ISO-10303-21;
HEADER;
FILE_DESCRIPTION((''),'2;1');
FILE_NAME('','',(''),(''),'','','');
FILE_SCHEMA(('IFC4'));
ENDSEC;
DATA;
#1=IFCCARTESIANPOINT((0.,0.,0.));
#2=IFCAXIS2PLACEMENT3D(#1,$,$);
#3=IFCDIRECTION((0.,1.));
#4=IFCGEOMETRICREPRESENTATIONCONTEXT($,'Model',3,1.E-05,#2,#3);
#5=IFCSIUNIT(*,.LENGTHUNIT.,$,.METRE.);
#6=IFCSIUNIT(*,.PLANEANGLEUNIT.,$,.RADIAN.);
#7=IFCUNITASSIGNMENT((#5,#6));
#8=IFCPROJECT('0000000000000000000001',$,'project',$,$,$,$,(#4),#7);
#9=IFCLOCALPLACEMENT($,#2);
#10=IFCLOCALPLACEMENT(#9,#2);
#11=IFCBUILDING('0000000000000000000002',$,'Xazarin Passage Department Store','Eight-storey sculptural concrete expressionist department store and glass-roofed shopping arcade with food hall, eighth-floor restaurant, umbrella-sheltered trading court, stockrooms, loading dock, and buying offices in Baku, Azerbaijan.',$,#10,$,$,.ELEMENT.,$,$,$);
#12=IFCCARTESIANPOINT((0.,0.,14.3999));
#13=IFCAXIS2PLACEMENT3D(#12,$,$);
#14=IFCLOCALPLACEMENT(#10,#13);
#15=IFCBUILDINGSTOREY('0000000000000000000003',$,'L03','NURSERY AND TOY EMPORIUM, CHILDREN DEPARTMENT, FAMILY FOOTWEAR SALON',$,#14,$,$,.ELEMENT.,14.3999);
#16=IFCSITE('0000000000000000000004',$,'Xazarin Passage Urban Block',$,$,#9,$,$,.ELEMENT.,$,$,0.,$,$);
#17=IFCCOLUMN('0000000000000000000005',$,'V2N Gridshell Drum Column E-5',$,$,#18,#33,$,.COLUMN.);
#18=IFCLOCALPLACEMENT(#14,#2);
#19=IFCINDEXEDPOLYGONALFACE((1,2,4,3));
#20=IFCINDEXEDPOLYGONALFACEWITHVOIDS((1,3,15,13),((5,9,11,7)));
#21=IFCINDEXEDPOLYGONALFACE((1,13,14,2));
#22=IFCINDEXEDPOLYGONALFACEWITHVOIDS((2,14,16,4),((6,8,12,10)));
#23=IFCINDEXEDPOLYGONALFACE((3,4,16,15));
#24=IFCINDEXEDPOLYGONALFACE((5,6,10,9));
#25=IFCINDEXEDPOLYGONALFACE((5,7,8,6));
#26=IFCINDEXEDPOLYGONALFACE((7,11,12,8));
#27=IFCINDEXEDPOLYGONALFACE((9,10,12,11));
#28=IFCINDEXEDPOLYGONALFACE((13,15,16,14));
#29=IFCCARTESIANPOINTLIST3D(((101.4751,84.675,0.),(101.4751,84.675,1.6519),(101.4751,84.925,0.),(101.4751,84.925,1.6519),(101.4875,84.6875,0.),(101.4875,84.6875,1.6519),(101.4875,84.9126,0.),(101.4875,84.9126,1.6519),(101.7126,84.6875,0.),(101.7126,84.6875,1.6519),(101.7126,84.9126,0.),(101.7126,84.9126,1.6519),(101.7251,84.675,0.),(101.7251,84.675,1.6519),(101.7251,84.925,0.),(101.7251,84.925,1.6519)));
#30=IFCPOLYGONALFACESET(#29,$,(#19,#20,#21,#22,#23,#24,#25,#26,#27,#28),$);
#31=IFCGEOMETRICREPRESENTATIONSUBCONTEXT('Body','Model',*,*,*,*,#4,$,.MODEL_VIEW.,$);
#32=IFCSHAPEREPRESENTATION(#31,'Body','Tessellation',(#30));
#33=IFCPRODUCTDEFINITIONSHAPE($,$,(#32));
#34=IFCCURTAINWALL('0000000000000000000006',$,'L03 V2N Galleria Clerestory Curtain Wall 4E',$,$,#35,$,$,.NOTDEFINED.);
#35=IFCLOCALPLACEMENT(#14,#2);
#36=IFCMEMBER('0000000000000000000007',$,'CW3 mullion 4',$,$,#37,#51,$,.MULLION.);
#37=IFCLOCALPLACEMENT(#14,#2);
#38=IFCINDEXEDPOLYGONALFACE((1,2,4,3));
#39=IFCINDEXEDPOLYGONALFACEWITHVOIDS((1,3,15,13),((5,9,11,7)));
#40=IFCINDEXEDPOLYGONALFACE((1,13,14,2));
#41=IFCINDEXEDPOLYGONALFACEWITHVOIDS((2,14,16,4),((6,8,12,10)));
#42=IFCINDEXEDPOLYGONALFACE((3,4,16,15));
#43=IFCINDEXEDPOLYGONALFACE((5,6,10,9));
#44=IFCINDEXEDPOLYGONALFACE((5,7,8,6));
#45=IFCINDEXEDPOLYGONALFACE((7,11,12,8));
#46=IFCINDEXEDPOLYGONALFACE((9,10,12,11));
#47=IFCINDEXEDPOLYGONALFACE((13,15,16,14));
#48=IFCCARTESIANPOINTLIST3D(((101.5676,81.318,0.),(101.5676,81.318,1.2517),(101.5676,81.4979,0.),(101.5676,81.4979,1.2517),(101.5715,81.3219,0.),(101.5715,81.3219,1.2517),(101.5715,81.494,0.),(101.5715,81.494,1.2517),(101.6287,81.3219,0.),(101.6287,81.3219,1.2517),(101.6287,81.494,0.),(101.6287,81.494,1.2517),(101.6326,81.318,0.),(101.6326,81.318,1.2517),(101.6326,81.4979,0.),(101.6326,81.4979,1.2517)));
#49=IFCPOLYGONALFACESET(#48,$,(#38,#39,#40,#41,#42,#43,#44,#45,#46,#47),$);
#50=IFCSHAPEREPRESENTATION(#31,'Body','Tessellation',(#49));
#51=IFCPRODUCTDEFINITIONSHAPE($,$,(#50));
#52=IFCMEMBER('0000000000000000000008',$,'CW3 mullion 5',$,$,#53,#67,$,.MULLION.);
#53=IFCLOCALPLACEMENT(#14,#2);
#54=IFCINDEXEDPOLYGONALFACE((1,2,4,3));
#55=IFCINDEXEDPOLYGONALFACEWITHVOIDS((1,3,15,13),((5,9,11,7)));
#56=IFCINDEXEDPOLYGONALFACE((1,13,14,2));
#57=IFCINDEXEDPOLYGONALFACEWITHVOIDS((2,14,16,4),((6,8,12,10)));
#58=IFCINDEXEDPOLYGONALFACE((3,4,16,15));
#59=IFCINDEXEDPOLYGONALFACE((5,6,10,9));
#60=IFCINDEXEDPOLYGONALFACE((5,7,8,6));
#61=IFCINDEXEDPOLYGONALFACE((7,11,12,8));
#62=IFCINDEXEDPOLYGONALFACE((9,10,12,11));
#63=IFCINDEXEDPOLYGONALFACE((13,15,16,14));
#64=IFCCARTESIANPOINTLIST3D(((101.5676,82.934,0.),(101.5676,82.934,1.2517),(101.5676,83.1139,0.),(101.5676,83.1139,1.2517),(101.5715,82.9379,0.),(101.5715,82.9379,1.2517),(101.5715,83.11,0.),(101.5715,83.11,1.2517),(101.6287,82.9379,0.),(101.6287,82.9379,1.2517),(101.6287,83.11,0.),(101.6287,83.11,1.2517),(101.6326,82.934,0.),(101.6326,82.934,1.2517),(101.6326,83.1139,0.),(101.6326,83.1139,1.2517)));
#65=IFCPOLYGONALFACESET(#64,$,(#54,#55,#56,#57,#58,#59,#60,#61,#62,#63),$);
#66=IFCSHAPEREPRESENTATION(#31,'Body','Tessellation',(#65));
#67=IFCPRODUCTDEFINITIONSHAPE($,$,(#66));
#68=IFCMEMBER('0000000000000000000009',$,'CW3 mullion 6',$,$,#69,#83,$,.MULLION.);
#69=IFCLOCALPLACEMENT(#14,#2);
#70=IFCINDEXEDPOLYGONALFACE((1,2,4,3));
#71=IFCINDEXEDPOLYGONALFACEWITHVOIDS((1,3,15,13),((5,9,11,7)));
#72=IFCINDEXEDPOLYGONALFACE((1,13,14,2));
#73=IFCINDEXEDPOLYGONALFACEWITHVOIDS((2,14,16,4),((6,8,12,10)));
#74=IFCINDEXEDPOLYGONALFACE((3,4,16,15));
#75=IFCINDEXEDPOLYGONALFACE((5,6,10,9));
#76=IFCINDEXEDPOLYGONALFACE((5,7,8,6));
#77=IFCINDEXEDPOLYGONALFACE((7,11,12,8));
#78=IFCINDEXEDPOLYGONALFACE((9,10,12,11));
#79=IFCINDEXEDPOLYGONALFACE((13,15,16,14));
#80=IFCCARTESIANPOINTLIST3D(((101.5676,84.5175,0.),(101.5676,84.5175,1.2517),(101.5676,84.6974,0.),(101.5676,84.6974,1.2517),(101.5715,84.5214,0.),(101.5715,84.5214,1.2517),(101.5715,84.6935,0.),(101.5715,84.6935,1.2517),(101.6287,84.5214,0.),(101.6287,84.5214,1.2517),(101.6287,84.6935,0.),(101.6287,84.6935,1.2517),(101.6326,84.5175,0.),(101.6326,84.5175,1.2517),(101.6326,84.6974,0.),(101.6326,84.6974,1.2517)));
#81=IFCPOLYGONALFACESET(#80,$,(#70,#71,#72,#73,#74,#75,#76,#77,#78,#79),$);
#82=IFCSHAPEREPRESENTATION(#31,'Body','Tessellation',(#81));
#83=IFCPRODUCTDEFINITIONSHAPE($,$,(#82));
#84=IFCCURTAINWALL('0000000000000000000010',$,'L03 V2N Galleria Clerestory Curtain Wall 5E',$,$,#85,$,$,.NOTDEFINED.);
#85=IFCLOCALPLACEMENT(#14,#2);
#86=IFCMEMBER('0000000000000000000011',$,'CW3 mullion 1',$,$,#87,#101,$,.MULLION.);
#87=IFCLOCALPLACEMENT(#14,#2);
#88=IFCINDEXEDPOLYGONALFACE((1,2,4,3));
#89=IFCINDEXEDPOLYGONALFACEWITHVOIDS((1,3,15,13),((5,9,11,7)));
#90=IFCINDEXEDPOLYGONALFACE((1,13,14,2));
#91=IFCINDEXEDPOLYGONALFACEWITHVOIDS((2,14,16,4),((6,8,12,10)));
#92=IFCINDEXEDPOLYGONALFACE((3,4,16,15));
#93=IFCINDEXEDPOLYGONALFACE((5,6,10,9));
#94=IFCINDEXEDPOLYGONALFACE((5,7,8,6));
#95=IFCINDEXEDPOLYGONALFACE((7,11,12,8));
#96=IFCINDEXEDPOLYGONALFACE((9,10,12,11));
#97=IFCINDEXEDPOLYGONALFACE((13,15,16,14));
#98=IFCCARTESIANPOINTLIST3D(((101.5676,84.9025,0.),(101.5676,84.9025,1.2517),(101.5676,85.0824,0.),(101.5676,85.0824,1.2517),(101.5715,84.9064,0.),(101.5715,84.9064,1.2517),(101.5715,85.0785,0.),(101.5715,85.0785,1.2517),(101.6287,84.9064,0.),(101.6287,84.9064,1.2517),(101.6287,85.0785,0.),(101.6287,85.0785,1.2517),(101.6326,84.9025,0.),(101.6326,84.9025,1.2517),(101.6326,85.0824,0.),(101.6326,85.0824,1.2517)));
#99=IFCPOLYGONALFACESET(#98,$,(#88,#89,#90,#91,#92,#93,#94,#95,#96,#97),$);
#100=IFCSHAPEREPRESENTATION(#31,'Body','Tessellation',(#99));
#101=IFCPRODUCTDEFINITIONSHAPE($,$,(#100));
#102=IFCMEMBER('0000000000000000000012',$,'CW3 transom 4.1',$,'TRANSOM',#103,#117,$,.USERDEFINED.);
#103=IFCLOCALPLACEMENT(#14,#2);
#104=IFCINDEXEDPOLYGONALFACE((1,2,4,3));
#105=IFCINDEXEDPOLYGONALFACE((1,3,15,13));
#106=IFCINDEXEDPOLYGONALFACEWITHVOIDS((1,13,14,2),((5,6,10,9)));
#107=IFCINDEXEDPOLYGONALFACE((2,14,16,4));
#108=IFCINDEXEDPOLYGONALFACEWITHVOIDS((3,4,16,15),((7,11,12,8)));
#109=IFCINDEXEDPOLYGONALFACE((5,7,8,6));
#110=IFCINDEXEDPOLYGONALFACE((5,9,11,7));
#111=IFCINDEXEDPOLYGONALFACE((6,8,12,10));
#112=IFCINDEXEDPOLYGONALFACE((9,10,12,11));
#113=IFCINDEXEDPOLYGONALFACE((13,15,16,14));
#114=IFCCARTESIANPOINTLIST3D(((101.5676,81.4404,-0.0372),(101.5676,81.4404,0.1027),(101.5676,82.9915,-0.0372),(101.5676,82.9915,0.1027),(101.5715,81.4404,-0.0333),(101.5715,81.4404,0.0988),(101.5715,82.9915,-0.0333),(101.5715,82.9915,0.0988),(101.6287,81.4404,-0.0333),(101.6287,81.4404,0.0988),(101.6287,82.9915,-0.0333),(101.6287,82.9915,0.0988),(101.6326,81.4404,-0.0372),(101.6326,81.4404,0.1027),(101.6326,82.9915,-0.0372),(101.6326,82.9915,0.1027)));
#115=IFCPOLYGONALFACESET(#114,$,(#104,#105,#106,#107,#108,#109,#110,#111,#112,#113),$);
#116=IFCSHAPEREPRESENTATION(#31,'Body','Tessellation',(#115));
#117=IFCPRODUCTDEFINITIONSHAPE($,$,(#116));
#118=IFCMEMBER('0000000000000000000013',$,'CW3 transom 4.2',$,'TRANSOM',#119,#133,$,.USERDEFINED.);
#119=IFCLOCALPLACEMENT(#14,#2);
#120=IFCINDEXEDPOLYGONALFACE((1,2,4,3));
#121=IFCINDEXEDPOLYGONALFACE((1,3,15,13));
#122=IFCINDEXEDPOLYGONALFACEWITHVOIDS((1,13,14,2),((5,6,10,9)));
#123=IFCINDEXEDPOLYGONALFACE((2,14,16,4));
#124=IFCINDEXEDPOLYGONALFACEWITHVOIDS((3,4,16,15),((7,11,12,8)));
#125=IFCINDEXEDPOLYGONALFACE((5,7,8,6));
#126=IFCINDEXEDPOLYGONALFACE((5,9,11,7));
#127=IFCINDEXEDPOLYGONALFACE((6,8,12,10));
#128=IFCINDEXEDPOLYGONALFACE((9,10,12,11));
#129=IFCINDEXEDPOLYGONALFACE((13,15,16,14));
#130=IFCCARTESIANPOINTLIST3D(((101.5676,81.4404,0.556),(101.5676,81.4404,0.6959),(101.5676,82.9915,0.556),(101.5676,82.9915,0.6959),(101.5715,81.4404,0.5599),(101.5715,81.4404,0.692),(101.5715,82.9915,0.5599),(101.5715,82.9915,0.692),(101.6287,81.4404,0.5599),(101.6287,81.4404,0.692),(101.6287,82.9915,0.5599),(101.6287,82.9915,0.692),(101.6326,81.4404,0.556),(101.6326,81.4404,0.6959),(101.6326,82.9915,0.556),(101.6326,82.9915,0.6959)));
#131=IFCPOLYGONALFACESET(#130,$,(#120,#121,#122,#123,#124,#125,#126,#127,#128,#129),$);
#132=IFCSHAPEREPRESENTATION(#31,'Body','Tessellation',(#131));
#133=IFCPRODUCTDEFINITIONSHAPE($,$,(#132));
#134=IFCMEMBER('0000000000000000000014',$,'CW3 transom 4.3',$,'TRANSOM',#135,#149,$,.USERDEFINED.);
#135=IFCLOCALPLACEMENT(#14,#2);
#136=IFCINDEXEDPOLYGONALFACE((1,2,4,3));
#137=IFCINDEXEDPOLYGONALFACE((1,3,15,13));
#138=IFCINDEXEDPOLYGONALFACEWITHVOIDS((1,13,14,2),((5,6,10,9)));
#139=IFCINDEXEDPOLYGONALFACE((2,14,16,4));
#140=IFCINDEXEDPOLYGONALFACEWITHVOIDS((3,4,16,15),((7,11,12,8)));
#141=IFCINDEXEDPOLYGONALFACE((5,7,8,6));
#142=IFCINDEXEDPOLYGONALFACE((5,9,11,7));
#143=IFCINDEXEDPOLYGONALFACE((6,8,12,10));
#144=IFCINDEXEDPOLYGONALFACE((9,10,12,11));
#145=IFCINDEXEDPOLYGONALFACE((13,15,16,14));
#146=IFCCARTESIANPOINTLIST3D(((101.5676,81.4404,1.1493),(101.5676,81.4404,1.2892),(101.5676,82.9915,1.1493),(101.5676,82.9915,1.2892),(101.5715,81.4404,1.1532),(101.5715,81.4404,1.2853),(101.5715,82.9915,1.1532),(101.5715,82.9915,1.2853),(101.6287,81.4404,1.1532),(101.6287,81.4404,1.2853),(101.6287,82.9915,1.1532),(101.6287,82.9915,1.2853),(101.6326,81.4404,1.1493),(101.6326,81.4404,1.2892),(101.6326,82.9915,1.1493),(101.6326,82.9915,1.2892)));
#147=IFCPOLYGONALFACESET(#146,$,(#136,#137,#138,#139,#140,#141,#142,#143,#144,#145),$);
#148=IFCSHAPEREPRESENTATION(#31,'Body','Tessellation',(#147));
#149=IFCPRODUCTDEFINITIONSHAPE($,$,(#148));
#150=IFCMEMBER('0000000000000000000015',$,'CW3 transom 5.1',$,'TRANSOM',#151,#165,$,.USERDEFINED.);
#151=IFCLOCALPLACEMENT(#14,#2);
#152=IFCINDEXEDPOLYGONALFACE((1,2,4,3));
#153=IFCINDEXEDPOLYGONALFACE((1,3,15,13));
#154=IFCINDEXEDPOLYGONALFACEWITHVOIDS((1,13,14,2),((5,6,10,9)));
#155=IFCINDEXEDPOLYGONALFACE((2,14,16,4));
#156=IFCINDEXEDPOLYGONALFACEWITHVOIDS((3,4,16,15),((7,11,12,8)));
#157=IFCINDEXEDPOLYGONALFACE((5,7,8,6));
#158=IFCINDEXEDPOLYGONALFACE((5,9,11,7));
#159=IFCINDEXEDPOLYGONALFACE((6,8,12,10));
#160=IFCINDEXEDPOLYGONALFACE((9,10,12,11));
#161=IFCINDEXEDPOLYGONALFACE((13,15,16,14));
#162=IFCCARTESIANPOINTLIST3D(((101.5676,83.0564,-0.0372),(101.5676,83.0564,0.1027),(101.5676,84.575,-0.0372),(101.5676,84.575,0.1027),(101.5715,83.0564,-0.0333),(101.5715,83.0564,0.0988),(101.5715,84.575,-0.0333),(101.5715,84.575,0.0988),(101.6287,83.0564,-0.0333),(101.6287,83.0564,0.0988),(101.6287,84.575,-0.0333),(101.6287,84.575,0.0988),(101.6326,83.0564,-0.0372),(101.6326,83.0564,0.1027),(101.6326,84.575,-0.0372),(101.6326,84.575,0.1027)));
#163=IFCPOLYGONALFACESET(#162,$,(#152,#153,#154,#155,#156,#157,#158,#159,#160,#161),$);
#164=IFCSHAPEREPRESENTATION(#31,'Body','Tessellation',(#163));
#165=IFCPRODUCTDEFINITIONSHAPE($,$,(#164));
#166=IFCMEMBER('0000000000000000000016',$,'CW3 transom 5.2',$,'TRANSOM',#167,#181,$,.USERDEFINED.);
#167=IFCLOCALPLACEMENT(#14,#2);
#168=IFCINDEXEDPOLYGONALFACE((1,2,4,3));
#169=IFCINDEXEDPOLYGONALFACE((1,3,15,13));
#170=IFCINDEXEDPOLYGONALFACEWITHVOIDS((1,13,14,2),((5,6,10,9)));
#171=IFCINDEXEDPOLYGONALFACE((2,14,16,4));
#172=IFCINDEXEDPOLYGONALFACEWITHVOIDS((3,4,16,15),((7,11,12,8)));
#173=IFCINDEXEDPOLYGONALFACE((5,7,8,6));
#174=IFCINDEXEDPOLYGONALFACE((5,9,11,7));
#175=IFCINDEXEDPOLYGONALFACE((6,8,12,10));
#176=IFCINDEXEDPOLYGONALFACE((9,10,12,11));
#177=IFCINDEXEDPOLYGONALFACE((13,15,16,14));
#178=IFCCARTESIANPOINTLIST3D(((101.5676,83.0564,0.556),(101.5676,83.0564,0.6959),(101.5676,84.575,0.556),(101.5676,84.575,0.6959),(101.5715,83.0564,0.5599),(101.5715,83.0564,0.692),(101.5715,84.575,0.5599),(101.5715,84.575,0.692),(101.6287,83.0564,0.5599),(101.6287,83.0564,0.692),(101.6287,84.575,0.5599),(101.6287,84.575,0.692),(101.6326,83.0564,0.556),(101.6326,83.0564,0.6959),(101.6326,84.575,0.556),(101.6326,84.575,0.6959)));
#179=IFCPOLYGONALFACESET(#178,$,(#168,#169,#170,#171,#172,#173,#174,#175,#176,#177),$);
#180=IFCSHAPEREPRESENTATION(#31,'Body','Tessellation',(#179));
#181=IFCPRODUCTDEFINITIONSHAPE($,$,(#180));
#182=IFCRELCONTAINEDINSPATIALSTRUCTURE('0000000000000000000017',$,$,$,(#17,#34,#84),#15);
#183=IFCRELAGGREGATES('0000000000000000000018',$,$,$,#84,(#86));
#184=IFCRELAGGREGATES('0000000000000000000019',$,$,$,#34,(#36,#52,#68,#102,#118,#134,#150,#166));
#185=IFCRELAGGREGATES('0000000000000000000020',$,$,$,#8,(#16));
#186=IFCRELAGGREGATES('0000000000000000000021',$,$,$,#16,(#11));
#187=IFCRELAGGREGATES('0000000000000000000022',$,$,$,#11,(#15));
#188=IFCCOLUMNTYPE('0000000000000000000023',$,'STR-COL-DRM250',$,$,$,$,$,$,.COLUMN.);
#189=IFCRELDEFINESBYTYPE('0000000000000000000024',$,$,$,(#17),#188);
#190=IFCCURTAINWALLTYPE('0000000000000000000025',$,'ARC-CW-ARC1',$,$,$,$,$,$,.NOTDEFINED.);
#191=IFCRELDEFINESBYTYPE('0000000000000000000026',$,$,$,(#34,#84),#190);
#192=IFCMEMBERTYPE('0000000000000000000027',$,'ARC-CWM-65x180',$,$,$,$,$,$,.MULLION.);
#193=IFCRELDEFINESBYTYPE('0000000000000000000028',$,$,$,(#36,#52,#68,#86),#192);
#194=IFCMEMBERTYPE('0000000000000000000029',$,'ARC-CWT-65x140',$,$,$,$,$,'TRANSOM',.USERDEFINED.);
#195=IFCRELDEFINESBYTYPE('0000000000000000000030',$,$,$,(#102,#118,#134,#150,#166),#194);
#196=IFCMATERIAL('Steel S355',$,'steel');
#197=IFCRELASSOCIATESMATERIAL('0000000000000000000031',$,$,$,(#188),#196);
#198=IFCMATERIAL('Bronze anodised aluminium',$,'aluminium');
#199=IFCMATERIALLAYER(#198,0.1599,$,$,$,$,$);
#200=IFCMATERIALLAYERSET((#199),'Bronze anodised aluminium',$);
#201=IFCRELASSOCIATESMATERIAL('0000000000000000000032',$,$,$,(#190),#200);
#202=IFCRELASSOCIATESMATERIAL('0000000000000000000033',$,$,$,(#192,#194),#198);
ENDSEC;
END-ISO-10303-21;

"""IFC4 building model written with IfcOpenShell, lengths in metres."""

from ifc_helpers import new_model, si_unit, direction, frame, origin, origin_2d, place, context, subcontext, project, spatial, hollow_rectangle, extrude, material, layer, layer_set, material_profile, profile_set, type_object, element, aggregate, save


model = new_model("IFC4")

# Units and contexts
model_context = context("Model", 3, precision=1e-05, world=origin(), true_north=direction((0.0, 1.0)))
body_context = subcontext(model_context, "Body", "Model", "MODEL_VIEW")
ifc_project = project(units=[si_unit("LENGTHUNIT", "METRE"), si_unit("PLANEANGLEUNIT", "RADIAN")], contexts=[model_context])

# Site, building, storey
site_placement = place(None, origin())
site = spatial("IfcSite", under=ifc_project, at=site_placement, Name="Xazarin Passage Urban Block", CompositionType="ELEMENT", RefElevation=0.0)
building_placement = place(site_placement, origin())
building = spatial("IfcBuilding", under=site, at=building_placement, Name="Xazarin Passage Department Store", Description="Eight-storey sculptural concrete expressionist department store and glass-roofed shopping arcade with food hall, eighth-floor restaurant, umbrella-sheltered trading court, stockrooms, loading dock, and buying offices in Baku, Azerbaijan.", CompositionType="ELEMENT")
storey_placement = place(building_placement, frame((0.0, 0.0, 14.3999)))
storey = spatial("IfcBuildingStorey", under=building, at=storey_placement, Name="L03", Description="NURSERY AND TOY EMPORIUM, CHILDREN DEPARTMENT, FAMILY FOOTWEAR SALON", CompositionType="ELEMENT", Elevation=14.3999)

# Column
ifc_material_1 = material(Name="Steel S355", Category="steel")
ifc_material_profile_1 = material_profile(ifc_material_1, hollow_rectangle(XDim=0.25, YDim=0.25, WallThickness=0.0125, at=origin_2d()), Name="SHS 250x250x12.5")
ifc_profile_set_1 = profile_set([ifc_material_profile_1], Name="Steel S355")
column_type = type_object("IfcColumnType", Name="STR-COL-DRM250", PredefinedType="COLUMN", material=ifc_profile_set_1)
column_placement = place(storey_placement, frame((101.6001, 84.8, 0.0), z_axis=(0.0, 0.0, 1.0), x_axis=(1.0, 0.0, 0.0)))
element("IfcColumn", 1, at=column_placement, inside=storey, type_object=column_type, Name="V2N Gridshell Drum Column E-5", PredefinedType="COLUMN", context=body_context, shape_type="SweptSolid", body=[
    extrude(hollow_rectangle(XDim=0.25, YDim=0.25, WallThickness=0.0125, at=origin_2d()), origin(), (0.0, 0.0, 1.0), 1.6519),
])

# Curtain wall, members
ifc_material_2 = material(Name="Bronze anodised aluminium", Category="aluminium")
ifc_layer_1 = layer(ifc_material_2, 0.1599)
ifc_layer_set_1 = layer_set([ifc_layer_1], Name="Bronze anodised aluminium")
curtain_wall_type = type_object("IfcCurtainWallType", Name="ARC-CW-ARC1", PredefinedType="NOTDEFINED", material=ifc_layer_set_1)
curtain_wall_1_placement = place(storey_placement, origin())
curtain_wall_1 = element("IfcCurtainWall", 2, at=curtain_wall_1_placement, inside=storey, type_object=curtain_wall_type, Name="L03 V2N Galleria Clerestory Curtain Wall 4E", PredefinedType="NOTDEFINED")
ifc_material_profile_2 = material_profile(ifc_material_2, hollow_rectangle(XDim=0.0649, YDim=0.1799, WallThickness=0.0039, at=origin_2d()), Name="ALU 65x180")
ifc_profile_set_2 = profile_set([ifc_material_profile_2], Name="Bronze anodised aluminium")
member_type_1 = type_object("IfcMemberType", Name="ARC-CWM-65x180", PredefinedType="MULLION", material=ifc_profile_set_2)
member_1_placement = place(storey_placement, frame((101.6001, 81.408, 0.0), z_axis=(0.0, 0.0, 1.0), x_axis=(-1.0, 0.0, 0.0)))
member_1 = element("IfcMember", 3, at=member_1_placement, type_object=member_type_1, Name="CW3 mullion 4", PredefinedType="MULLION", context=body_context, shape_type="SweptSolid", body=[
    extrude(hollow_rectangle(XDim=0.0649, YDim=0.1799, WallThickness=0.0039, at=origin_2d()), origin(), (0.0, 0.0, 1.0), 1.2517),
])
member_2_placement = place(storey_placement, frame((101.6001, 83.0239, 0.0), z_axis=(0.0, 0.0, 1.0), x_axis=(-1.0, 0.0, 0.0)))
member_2 = element("IfcMember", 4, at=member_2_placement, type_object=member_type_1, Name="CW3 mullion 5", PredefinedType="MULLION", context=body_context, shape_type="SweptSolid", body=[
    extrude(hollow_rectangle(XDim=0.0649, YDim=0.1799, WallThickness=0.0039, at=origin_2d()), origin(), (0.0, 0.0, 1.0), 1.2517),
])
member_3_placement = place(storey_placement, frame((101.6001, 84.6074, 0.0), z_axis=(0.0, 0.0, 1.0), x_axis=(-1.0, 0.0, 0.0)))
member_3 = element("IfcMember", 5, at=member_3_placement, type_object=member_type_1, Name="CW3 mullion 6", PredefinedType="MULLION", context=body_context, shape_type="SweptSolid", body=[
    extrude(hollow_rectangle(XDim=0.0649, YDim=0.1799, WallThickness=0.0039, at=origin_2d()), origin(), (0.0, 0.0, 1.0), 1.2517),
])

# Curtain wall, member
curtain_wall_2_placement = place(storey_placement, origin())
curtain_wall_2 = element("IfcCurtainWall", 6, at=curtain_wall_2_placement, inside=storey, type_object=curtain_wall_type, Name="L03 V2N Galleria Clerestory Curtain Wall 5E", PredefinedType="NOTDEFINED")
member_4_placement = place(storey_placement, frame((101.6001, 84.9924, 0.0), z_axis=(0.0, 0.0, 1.0), x_axis=(-1.0, 0.0, 0.0)))
member_4 = element("IfcMember", 7, at=member_4_placement, type_object=member_type_1, Name="CW3 mullion 1", PredefinedType="MULLION", context=body_context, shape_type="SweptSolid", body=[
    extrude(hollow_rectangle(XDim=0.0649, YDim=0.1799, WallThickness=0.0039, at=origin_2d()), origin(), (0.0, 0.0, 1.0), 1.2517),
])

# Members
ifc_material_profile_3 = material_profile(ifc_material_2, hollow_rectangle(XDim=0.0649, YDim=0.1399, WallThickness=0.0039, at=origin_2d()), Name="ALU 65x140")
ifc_profile_set_3 = profile_set([ifc_material_profile_3], Name="Bronze anodised aluminium")
member_type_2 = type_object("IfcMemberType", Name="ARC-CWT-65x140", ElementType="TRANSOM", PredefinedType="USERDEFINED", material=ifc_profile_set_3)
member_5_placement = place(storey_placement, frame((101.6001, 81.4404, 0.0327), z_axis=(0.0, 1.0, 0.0), x_axis=(-1.0, 0.0, 0.0)))
member_5 = element("IfcMember", 8, at=member_5_placement, type_object=member_type_2, Name="CW3 transom 4.1", ObjectType="TRANSOM", PredefinedType="USERDEFINED", context=body_context, shape_type="SweptSolid", body=[
    extrude(hollow_rectangle(XDim=0.0649, YDim=0.1399, WallThickness=0.0039, at=origin_2d()), origin(), (0.0, 0.0, 1.0), 1.551),
])
member_6_placement = place(storey_placement, frame((101.6001, 81.4404, 0.626), z_axis=(0.0, 1.0, 0.0), x_axis=(-1.0, 0.0, 0.0)))
member_6 = element("IfcMember", 9, at=member_6_placement, type_object=member_type_2, Name="CW3 transom 4.2", ObjectType="TRANSOM", PredefinedType="USERDEFINED", context=body_context, shape_type="SweptSolid", body=[
    extrude(hollow_rectangle(XDim=0.0649, YDim=0.1399, WallThickness=0.0039, at=origin_2d()), origin(), (0.0, 0.0, 1.0), 1.551),
])
member_7_placement = place(storey_placement, frame((101.6001, 81.4404, 1.2192), z_axis=(0.0, 1.0, 0.0), x_axis=(-1.0, 0.0, 0.0)))
member_7 = element("IfcMember", 10, at=member_7_placement, type_object=member_type_2, Name="CW3 transom 4.3", ObjectType="TRANSOM", PredefinedType="USERDEFINED", context=body_context, shape_type="SweptSolid", body=[
    extrude(hollow_rectangle(XDim=0.0649, YDim=0.1399, WallThickness=0.0039, at=origin_2d()), origin(), (0.0, 0.0, 1.0), 1.551),
])
member_8_placement = place(storey_placement, frame((101.6001, 83.0564, 0.0327), z_axis=(0.0, 1.0, 0.0), x_axis=(-1.0, 0.0, 0.0)))
member_8 = element("IfcMember", 11, at=member_8_placement, type_object=member_type_2, Name="CW3 transom 5.1", ObjectType="TRANSOM", PredefinedType="USERDEFINED", context=body_context, shape_type="SweptSolid", body=[
    extrude(hollow_rectangle(XDim=0.0649, YDim=0.1399, WallThickness=0.0039, at=origin_2d()), origin(), (0.0, 0.0, 1.0), 1.5186),
])
member_9_placement = place(storey_placement, frame((101.6001, 83.0564, 0.626), z_axis=(0.0, 1.0, 0.0), x_axis=(-1.0, 0.0, 0.0)))
member_9 = element("IfcMember", 12, at=member_9_placement, type_object=member_type_2, Name="CW3 transom 5.2", ObjectType="TRANSOM", PredefinedType="USERDEFINED", context=body_context, shape_type="SweptSolid", body=[
    extrude(hollow_rectangle(XDim=0.0649, YDim=0.1399, WallThickness=0.0039, at=origin_2d()), origin(), (0.0, 0.0, 1.0), 1.5186),
])
aggregate(curtain_wall_2, [member_4])

aggregate(curtain_wall_1, [member_1, member_2, member_3, member_5, member_6, member_7, member_8, member_9])

save(model, "model.ifc")
